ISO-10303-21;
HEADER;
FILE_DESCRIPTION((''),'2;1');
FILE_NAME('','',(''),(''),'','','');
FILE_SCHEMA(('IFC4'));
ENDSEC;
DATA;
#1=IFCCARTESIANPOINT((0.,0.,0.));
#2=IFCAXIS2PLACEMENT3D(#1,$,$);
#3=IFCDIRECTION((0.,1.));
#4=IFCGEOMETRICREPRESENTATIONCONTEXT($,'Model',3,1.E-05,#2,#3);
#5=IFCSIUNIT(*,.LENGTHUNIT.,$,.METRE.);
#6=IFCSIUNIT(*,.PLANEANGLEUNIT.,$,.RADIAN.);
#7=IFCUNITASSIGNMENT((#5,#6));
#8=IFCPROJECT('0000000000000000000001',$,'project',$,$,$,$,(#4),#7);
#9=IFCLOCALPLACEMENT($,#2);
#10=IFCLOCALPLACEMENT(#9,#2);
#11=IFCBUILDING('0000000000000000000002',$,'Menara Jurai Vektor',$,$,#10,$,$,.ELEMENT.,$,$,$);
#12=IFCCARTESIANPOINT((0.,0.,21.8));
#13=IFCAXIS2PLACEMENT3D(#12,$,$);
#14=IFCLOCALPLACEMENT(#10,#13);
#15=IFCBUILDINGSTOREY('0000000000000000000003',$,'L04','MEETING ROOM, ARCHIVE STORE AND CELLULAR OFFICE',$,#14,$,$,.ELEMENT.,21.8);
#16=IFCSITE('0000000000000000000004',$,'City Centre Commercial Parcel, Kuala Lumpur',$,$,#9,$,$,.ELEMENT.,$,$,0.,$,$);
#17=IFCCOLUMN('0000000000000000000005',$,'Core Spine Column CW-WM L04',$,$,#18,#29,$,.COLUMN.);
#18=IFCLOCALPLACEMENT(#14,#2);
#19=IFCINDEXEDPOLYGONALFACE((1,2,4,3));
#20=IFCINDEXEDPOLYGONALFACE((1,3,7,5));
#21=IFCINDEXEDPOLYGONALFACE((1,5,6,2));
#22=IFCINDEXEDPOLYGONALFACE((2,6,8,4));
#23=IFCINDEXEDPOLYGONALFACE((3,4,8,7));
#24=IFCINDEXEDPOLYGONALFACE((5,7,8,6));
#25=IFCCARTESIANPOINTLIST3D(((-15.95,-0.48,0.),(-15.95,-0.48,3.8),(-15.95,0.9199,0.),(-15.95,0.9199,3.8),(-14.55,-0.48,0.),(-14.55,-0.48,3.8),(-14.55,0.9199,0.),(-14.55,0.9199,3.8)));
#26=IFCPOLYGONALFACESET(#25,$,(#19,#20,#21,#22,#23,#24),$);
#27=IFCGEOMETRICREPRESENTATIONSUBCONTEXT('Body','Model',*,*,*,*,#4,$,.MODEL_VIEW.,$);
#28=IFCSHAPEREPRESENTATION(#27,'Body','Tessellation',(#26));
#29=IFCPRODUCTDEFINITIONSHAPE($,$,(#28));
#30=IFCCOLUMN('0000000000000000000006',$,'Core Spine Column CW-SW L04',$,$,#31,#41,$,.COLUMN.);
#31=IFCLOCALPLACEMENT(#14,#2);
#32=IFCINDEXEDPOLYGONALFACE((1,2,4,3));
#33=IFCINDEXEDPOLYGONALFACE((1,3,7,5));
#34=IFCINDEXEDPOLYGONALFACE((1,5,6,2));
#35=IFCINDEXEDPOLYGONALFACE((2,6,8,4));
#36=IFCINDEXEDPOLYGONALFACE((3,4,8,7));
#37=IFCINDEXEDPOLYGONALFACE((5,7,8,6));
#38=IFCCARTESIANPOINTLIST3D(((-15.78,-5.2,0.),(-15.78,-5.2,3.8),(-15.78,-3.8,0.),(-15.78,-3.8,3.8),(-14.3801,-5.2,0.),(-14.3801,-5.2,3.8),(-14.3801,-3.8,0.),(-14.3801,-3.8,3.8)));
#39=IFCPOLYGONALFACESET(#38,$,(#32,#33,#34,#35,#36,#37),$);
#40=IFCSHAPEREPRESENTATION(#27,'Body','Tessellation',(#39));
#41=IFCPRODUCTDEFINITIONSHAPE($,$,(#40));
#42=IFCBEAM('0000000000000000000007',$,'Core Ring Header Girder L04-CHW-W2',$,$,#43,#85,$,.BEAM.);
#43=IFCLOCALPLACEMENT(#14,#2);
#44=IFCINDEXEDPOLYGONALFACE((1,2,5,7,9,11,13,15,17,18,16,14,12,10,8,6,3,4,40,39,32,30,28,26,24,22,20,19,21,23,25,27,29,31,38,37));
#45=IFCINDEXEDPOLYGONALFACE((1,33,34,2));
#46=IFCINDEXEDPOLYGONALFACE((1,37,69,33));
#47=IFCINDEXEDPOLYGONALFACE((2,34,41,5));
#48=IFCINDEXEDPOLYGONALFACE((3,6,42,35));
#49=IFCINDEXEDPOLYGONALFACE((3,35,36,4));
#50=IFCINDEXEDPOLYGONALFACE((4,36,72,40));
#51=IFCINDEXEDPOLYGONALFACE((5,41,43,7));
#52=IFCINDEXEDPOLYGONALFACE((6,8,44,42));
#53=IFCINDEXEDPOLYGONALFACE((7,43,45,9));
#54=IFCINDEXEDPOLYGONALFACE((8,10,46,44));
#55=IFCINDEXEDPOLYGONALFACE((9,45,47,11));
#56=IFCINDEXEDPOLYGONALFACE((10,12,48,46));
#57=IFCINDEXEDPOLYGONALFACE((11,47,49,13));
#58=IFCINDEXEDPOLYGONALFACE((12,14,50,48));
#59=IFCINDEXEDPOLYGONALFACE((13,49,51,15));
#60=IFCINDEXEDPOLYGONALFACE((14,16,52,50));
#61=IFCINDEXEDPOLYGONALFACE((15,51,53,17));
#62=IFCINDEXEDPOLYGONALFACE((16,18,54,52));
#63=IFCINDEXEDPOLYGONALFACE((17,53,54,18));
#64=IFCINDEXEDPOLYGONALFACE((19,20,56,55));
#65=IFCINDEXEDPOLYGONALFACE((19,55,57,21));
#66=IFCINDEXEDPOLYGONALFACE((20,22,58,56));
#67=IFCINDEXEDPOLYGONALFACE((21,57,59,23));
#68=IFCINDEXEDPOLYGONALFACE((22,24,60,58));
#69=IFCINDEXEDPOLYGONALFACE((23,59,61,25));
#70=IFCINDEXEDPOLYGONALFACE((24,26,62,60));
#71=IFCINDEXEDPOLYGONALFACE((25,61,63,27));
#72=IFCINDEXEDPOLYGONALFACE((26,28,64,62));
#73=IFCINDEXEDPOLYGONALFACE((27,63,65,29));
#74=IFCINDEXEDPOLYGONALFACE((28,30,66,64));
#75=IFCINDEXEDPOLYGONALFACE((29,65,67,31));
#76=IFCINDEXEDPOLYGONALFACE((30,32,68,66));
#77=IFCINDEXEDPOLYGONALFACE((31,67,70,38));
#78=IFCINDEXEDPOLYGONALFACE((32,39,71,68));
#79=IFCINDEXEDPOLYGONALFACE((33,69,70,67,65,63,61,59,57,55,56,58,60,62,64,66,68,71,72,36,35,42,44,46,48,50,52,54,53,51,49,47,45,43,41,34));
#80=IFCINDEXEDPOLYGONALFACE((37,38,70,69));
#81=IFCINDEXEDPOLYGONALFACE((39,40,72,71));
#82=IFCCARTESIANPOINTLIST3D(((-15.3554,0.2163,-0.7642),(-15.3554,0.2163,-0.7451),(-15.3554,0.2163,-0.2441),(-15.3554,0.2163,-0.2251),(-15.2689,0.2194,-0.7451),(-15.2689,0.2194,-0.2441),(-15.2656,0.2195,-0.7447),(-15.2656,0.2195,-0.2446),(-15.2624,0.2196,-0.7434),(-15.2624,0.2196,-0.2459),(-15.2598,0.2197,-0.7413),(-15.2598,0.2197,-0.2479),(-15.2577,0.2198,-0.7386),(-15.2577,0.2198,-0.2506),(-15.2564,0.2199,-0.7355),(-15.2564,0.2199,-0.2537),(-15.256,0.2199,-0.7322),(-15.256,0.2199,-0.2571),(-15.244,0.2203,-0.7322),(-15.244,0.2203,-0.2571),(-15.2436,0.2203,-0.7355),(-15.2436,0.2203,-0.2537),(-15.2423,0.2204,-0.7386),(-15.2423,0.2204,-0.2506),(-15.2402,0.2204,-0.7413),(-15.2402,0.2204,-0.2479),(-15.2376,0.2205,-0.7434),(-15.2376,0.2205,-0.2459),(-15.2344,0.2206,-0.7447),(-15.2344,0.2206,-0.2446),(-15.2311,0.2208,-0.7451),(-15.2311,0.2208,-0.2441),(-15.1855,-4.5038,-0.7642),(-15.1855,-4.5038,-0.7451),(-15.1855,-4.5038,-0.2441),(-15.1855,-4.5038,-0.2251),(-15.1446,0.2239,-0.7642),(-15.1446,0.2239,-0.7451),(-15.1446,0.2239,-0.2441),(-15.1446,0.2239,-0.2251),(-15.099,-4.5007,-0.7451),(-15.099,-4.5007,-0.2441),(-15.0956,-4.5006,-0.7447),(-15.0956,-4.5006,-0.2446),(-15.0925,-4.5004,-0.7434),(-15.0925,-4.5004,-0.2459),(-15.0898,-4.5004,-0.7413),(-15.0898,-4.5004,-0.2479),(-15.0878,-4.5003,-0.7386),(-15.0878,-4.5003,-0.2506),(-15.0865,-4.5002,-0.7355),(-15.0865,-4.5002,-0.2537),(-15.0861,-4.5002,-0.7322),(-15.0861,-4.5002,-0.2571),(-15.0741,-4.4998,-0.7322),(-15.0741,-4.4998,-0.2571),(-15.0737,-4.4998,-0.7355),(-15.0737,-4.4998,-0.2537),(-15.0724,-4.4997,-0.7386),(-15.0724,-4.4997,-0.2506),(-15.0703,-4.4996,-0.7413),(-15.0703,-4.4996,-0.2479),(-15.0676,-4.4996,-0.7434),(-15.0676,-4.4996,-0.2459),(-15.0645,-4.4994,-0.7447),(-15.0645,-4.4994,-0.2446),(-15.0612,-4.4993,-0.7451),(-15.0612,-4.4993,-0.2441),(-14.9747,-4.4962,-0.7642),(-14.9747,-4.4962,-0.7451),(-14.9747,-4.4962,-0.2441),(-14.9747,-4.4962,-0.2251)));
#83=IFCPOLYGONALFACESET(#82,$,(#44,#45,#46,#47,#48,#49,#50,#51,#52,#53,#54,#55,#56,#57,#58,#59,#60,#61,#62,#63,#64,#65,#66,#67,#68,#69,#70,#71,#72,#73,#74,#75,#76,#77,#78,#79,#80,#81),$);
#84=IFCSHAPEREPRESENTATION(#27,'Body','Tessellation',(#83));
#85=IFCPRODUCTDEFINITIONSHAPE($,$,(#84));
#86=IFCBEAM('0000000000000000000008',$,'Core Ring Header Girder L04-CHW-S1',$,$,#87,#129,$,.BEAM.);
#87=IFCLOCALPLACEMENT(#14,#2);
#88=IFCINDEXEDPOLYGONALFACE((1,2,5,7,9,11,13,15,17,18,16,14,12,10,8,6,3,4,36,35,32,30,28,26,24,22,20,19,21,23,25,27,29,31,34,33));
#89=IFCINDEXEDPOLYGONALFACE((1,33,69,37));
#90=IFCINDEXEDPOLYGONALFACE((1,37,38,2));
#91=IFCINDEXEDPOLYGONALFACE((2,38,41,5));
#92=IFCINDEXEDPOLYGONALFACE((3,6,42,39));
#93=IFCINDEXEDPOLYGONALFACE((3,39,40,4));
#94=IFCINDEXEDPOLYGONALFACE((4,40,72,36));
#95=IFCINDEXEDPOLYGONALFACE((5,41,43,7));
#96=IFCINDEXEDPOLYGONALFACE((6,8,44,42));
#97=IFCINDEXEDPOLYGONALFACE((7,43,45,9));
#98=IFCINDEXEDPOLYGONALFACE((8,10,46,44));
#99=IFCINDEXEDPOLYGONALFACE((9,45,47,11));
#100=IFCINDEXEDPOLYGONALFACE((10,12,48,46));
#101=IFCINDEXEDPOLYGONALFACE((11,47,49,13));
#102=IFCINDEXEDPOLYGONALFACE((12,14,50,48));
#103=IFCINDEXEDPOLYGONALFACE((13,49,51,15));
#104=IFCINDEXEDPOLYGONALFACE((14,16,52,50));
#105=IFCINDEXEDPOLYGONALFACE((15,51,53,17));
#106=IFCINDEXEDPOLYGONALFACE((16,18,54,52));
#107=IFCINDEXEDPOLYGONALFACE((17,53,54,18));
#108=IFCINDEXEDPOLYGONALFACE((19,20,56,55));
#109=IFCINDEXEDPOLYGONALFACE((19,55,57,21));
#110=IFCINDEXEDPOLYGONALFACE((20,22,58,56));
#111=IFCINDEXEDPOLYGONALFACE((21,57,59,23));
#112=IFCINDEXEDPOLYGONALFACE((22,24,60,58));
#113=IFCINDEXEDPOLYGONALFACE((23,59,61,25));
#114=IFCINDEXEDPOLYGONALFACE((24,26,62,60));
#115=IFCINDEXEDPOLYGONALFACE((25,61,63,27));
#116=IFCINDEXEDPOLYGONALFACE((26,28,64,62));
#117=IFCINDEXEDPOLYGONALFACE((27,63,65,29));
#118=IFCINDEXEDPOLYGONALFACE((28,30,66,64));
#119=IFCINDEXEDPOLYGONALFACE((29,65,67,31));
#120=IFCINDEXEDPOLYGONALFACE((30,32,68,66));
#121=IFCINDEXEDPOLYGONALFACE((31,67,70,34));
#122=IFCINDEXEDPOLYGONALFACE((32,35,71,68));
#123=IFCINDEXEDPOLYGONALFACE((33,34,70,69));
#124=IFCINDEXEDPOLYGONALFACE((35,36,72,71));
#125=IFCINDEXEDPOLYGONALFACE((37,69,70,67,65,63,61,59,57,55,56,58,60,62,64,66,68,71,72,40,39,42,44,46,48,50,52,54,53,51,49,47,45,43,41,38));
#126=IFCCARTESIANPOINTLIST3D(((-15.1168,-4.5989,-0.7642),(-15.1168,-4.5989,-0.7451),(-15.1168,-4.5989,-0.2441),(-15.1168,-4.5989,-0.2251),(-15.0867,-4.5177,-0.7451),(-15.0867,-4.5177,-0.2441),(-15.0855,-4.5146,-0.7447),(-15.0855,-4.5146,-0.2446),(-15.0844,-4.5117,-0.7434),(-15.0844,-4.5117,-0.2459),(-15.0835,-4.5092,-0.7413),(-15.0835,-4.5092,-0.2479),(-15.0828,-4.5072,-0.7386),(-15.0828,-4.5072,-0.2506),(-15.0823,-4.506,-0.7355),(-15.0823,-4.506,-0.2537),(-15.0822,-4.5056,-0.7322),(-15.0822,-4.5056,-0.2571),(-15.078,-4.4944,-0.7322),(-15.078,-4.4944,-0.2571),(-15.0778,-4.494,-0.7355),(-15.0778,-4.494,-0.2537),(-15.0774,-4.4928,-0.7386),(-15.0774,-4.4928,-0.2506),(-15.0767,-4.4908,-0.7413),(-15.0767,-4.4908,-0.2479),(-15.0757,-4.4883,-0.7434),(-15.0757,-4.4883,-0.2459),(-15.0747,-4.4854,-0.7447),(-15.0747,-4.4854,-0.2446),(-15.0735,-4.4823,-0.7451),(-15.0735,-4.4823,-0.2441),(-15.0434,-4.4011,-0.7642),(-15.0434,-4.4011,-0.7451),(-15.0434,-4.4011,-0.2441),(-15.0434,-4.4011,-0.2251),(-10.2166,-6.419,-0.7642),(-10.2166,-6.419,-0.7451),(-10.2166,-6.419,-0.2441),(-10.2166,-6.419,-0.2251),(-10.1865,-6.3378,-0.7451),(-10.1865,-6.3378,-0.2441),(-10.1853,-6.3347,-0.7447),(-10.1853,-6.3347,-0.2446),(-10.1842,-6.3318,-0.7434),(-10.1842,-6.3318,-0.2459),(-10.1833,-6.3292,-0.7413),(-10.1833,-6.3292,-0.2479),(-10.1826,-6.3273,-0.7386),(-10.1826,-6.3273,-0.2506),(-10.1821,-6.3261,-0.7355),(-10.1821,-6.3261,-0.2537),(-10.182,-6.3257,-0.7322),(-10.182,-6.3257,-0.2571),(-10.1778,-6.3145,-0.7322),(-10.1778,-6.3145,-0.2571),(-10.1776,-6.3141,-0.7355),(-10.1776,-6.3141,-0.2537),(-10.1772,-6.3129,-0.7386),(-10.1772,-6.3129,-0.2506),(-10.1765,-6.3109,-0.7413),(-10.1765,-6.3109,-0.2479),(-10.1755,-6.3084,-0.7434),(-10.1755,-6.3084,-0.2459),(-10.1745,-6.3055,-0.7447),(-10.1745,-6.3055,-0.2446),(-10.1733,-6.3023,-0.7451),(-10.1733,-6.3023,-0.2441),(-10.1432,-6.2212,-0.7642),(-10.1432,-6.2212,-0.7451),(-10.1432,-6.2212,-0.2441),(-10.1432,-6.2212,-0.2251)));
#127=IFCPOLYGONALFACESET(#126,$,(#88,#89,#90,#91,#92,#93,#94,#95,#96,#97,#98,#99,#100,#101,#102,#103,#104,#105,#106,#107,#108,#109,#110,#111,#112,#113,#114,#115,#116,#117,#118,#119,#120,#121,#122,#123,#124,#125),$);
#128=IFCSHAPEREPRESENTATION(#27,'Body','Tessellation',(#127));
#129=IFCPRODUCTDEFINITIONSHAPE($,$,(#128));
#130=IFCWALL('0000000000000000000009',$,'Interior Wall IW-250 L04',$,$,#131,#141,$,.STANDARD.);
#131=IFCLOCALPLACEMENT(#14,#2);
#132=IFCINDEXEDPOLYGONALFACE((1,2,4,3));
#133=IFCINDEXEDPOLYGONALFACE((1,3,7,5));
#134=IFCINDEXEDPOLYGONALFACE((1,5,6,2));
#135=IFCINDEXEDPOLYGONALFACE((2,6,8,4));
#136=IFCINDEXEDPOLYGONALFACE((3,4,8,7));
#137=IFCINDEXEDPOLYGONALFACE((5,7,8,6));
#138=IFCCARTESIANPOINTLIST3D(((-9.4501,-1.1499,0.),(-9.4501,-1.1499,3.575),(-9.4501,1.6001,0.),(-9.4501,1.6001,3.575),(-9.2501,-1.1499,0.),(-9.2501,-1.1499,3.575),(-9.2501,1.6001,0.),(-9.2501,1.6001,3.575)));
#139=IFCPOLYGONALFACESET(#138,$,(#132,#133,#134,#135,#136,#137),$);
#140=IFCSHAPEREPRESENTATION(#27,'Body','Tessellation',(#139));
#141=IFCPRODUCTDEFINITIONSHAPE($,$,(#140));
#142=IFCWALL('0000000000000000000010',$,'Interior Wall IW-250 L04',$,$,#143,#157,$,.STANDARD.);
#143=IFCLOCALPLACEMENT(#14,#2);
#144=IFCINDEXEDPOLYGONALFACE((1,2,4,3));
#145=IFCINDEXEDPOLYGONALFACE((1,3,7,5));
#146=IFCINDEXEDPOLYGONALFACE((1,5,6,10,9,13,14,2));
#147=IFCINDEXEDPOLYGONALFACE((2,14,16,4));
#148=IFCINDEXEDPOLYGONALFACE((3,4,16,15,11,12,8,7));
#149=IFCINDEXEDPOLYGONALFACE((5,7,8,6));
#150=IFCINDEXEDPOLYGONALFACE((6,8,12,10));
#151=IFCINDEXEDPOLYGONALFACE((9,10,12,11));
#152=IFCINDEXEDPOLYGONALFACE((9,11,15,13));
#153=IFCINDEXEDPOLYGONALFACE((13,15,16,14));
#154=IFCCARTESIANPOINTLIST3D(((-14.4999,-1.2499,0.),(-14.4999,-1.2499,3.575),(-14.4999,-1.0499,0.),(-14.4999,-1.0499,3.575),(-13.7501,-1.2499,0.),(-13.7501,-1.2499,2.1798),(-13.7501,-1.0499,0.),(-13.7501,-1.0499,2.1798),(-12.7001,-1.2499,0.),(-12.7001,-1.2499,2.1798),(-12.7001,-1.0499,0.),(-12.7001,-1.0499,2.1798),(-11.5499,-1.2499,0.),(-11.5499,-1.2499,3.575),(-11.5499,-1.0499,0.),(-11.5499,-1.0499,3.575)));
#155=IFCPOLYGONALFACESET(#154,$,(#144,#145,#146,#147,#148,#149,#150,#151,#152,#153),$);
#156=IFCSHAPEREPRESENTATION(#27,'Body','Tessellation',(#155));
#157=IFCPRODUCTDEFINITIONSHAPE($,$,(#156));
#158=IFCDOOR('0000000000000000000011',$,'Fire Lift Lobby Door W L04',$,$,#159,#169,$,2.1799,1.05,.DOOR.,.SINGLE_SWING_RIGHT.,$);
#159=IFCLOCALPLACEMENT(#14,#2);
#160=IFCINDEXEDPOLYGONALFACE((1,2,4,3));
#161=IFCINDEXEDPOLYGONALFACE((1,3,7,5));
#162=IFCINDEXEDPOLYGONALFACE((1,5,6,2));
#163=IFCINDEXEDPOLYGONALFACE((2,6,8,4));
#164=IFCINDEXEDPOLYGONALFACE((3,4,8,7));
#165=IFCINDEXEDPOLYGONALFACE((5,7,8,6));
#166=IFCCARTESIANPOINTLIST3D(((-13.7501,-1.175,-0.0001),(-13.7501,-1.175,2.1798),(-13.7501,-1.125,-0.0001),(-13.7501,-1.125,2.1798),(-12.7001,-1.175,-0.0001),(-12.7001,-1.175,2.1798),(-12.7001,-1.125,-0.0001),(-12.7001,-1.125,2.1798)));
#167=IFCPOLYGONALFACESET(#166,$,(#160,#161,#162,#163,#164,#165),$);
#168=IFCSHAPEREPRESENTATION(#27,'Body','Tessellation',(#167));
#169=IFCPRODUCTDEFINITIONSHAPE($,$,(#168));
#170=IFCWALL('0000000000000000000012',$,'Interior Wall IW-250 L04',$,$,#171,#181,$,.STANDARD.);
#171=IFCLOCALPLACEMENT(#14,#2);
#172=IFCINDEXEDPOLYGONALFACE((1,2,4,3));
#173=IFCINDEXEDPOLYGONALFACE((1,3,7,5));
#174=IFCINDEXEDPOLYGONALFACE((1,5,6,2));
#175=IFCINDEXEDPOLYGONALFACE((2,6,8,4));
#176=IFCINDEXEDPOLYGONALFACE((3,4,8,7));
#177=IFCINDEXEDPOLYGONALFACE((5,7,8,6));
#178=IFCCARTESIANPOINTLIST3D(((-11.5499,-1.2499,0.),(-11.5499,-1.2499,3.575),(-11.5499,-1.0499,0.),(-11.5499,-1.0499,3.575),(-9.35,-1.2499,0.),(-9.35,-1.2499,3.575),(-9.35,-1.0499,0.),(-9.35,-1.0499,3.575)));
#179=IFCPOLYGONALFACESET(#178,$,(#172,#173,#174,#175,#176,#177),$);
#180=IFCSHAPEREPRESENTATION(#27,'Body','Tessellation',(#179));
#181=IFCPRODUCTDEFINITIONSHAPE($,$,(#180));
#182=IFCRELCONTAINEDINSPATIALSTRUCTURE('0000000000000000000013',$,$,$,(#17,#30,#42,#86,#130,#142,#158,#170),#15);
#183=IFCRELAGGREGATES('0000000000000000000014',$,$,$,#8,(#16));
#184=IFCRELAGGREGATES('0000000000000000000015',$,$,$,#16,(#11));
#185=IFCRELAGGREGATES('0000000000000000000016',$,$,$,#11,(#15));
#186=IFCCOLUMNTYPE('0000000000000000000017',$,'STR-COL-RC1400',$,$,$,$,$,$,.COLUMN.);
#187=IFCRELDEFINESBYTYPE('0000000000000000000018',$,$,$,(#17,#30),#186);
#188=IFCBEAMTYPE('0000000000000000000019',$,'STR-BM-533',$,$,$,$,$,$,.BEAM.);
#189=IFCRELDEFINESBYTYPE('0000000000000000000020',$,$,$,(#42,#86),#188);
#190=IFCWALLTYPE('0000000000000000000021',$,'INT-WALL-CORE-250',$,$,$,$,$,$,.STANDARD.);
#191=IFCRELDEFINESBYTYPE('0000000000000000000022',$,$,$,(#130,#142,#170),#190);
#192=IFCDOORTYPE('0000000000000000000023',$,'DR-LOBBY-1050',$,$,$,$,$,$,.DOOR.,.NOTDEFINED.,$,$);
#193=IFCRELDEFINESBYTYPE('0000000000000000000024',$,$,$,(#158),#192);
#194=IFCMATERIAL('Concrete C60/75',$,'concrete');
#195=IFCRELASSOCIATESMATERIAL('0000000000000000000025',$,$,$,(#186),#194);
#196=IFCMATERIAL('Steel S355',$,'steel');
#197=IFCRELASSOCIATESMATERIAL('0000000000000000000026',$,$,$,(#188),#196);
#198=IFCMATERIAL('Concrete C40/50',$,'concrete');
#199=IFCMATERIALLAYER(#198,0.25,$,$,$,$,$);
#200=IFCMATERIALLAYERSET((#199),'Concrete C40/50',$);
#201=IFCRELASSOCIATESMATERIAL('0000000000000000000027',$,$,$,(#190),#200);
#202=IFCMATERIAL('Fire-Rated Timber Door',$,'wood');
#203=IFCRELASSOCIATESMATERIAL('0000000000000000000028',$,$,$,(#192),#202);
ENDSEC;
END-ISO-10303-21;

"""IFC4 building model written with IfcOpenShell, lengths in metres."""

from ifc_helpers import new_model, si_unit, direction, frame, frame_2d, origin, origin_2d, place, context, subcontext, project, spatial, rectangle, i_section, extrude, material, layer, layer_set, material_profile, profile_set, type_object, element, fill, save


model = new_model("IFC4")

# Units and contexts
model_context = context("Model", 3, precision=1e-05, world=origin(), true_north=direction((0.0, 1.0)))
body_context = subcontext(model_context, "Body", "Model", "MODEL_VIEW")
ifc_project = project(units=[si_unit("LENGTHUNIT", "METRE"), si_unit("PLANEANGLEUNIT", "RADIAN")], contexts=[model_context])

# Site, building, storey
site_placement = place(None, origin())
site = spatial("IfcSite", under=ifc_project, at=site_placement, Name="City Centre Commercial Parcel, Kuala Lumpur", CompositionType="ELEMENT", RefElevation=0.0)
building_placement = place(site_placement, origin())
building = spatial("IfcBuilding", under=site, at=building_placement, Name="Menara Jurai Vektor", CompositionType="ELEMENT")
storey_placement = place(building_placement, frame((0.0, 0.0, 21.8)))
storey = spatial("IfcBuildingStorey", under=building, at=storey_placement, Name="L04", Description="MEETING ROOM, ARCHIVE STORE AND CELLULAR OFFICE", CompositionType="ELEMENT", Elevation=21.8)

# Columns
ifc_material_1 = material(Name="Concrete C60/75", Category="concrete")
ifc_material_profile_1 = material_profile(ifc_material_1, rectangle(XDim=1.3999, YDim=1.3999, at=origin_2d()), Name="RC 1400x1400")
ifc_profile_set_1 = profile_set([ifc_material_profile_1], Name="Concrete C60/75")
column_type = type_object("IfcColumnType", Name="STR-COL-RC1400", PredefinedType="COLUMN", material=ifc_profile_set_1)
for number, where, z_axis, x_axis, name in (
    (1, (-15.25, 0.22, 0.0), (0.0, 0.0, 1.0), (1.0, 0.0, 0.0), "Core Spine Column CW-WM L04"),
    (2, (-15.0801, -4.5, 0.0), (0.0, 0.0, 1.0), (1.0, 0.0, 0.0), "Core Spine Column CW-SW L04"),
):
    element("IfcColumn", number, at=place(storey_placement, frame(where, z_axis=z_axis, x_axis=x_axis)), inside=storey, type_object=column_type, Name=name, PredefinedType="COLUMN", context=body_context, shape_type="SweptSolid", body=[
        extrude(rectangle(XDim=1.3999, YDim=1.3999, at=origin_2d()), origin(), (0.0, 0.0, 1.0), 3.8),
    ])

# Beams
ifc_material_2 = material(Name="Steel S355", Category="steel")
ifc_material_profile_2 = material_profile(ifc_material_2, i_section(OverallWidth=0.2109, OverallDepth=0.5391, WebThickness=0.012, FlangeThickness=0.019, FilletRadius=0.0129, at=origin_2d()), Name="UKB 533x210x109")
ifc_profile_set_2 = profile_set([ifc_material_profile_2], Name="Steel S355")
beam_type = type_object("IfcBeamType", Name="STR-BM-533", PredefinedType="BEAM", material=ifc_profile_set_2)
beam_1_placement = place(storey_placement, frame((-15.0801, -4.5, -0.4946), z_axis=(-0.035977, 0.999353, 0.0), x_axis=(-0.999353, -0.035977, 0.0)))
element("IfcBeam", 3, at=beam_1_placement, inside=storey, type_object=beam_type, Name="Core Ring Header Girder L04-CHW-W2", PredefinedType="BEAM", context=body_context, shape_type="SweptSolid", body=[
    extrude(i_section(OverallWidth=0.2109, OverallDepth=0.5391, WebThickness=0.012, FlangeThickness=0.019, FilletRadius=0.0129, at=origin_2d()), origin(), (0.0, 0.0, 1.0), 4.7231),
])
beam_2_placement = place(storey_placement, frame((-15.0801, -4.5, -0.4946), z_axis=(0.937424, -0.348189, 0.0), x_axis=(0.348189, 0.937424, 0.0)))
element("IfcBeam", 4, at=beam_2_placement, inside=storey, type_object=beam_type, Name="Core Ring Header Girder L04-CHW-S1", PredefinedType="BEAM", context=body_context, shape_type="SweptSolid", body=[
    extrude(i_section(OverallWidth=0.2109, OverallDepth=0.5391, WebThickness=0.012, FlangeThickness=0.019, FilletRadius=0.0129, at=origin_2d()), origin(), (0.0, 0.0, 1.0), 5.2273),
])

# Shared definitions
ifc_material_3 = material(Name="Concrete C40/50", Category="concrete")
ifc_layer_1 = layer(ifc_material_3, 0.25)
ifc_layer_set_1 = layer_set([ifc_layer_1], Name="Concrete C40/50")
wall_type_1 = type_object("IfcWallType", Name="INT-WALL-CORE-250", PredefinedType="STANDARD", material=ifc_layer_set_1)

# Wall
wall_1_placement = place(storey_placement, frame((-9.3501, -1.1499, 0.0), z_axis=(0.0, 0.0, 1.0), x_axis=(0.0, 1.0, 0.0)))
element("IfcWall", 5, at=wall_1_placement, inside=storey, type_object=wall_type_1, Name="Interior Wall IW-250 L04", PredefinedType="STANDARD", context=body_context, shape_type="SweptSolid", body=[
    extrude(rectangle(XDim=2.75, YDim=0.2, at=frame_2d((1.375, 0.0))), origin(), (0.0, 0.0, 1.0), 3.575),
])

# Wall, opening, door
wall_2_placement = place(storey_placement, frame((-14.5, -1.1499, 0.0), z_axis=(0.0, 0.0, 1.0), x_axis=(1.0, 0.0, 0.0)))
wall_2 = element("IfcWall", 6, at=wall_2_placement, inside=storey, type_object=wall_type_1, Name="Interior Wall IW-250 L04", PredefinedType="STANDARD", context=body_context, shape_type="SweptSolid", body=[
    extrude(rectangle(XDim=2.95, YDim=0.2, at=frame_2d((1.4751, 0.0))), origin(), (0.0, 0.0, 1.0), 3.575),
])
opening_1_placement = place(wall_2_placement, frame((0.75, 0.0, 0.0)))
opening_1 = element("IfcOpeningElement", 7, at=opening_1_placement, cuts=wall_2, PredefinedType="OPENING", context=body_context, shape_type="SweptSolid", body=[
    extrude(rectangle(XDim=1.05, YDim=2.1799, at=frame_2d((0.5249, 1.0898))), frame((0.0, 0.1099, 0.0), z_axis=(0.0, -1.0, 0.0), x_axis=(1.0, 0.0, 0.0)), (0.0, 0.0, 1.0), 0.22),
])
ifc_material_4 = material(Name="Fire-Rated Timber Door", Category="wood")
door_type_1 = type_object("IfcDoorType", Name="DR-LOBBY-1050", OperationType="NOTDEFINED", PredefinedType="DOOR", material=ifc_material_4)
door_1_placement = place(opening_1_placement, origin())
door_1 = element("IfcDoor", 8, at=door_1_placement, inside=storey, type_object=door_type_1, Name="Fire Lift Lobby Door W L04", OperationType="SINGLE_SWING_RIGHT", OverallHeight=2.1799, OverallWidth=1.05, PredefinedType="DOOR", context=body_context, shape_type="SweptSolid", body=[
    extrude(rectangle(XDim=1.05, YDim=2.1799, at=frame_2d((0.5249, 1.0898))), frame((0.0, 0.0249, 0.0), z_axis=(0.0, -1.0, 0.0), x_axis=(1.0, 0.0, 0.0)), (0.0, 0.0, 1.0), 0.05),
])
fill(opening_1, door_1)

# Wall
wall_3_placement = place(storey_placement, frame((-11.55, -1.1499, 0.0), z_axis=(0.0, 0.0, 1.0), x_axis=(1.0, 0.0, 0.0)))
element("IfcWall", 9, at=wall_3_placement, inside=storey, type_object=wall_type_1, Name="Interior Wall IW-250 L04", PredefinedType="STANDARD", context=body_context, shape_type="SweptSolid", body=[
    extrude(rectangle(XDim=2.2, YDim=0.2, at=frame_2d((1.1001, 0.0))), origin(), (0.0, 0.0, 1.0), 3.575),
])

save(model, "model.ifc")
